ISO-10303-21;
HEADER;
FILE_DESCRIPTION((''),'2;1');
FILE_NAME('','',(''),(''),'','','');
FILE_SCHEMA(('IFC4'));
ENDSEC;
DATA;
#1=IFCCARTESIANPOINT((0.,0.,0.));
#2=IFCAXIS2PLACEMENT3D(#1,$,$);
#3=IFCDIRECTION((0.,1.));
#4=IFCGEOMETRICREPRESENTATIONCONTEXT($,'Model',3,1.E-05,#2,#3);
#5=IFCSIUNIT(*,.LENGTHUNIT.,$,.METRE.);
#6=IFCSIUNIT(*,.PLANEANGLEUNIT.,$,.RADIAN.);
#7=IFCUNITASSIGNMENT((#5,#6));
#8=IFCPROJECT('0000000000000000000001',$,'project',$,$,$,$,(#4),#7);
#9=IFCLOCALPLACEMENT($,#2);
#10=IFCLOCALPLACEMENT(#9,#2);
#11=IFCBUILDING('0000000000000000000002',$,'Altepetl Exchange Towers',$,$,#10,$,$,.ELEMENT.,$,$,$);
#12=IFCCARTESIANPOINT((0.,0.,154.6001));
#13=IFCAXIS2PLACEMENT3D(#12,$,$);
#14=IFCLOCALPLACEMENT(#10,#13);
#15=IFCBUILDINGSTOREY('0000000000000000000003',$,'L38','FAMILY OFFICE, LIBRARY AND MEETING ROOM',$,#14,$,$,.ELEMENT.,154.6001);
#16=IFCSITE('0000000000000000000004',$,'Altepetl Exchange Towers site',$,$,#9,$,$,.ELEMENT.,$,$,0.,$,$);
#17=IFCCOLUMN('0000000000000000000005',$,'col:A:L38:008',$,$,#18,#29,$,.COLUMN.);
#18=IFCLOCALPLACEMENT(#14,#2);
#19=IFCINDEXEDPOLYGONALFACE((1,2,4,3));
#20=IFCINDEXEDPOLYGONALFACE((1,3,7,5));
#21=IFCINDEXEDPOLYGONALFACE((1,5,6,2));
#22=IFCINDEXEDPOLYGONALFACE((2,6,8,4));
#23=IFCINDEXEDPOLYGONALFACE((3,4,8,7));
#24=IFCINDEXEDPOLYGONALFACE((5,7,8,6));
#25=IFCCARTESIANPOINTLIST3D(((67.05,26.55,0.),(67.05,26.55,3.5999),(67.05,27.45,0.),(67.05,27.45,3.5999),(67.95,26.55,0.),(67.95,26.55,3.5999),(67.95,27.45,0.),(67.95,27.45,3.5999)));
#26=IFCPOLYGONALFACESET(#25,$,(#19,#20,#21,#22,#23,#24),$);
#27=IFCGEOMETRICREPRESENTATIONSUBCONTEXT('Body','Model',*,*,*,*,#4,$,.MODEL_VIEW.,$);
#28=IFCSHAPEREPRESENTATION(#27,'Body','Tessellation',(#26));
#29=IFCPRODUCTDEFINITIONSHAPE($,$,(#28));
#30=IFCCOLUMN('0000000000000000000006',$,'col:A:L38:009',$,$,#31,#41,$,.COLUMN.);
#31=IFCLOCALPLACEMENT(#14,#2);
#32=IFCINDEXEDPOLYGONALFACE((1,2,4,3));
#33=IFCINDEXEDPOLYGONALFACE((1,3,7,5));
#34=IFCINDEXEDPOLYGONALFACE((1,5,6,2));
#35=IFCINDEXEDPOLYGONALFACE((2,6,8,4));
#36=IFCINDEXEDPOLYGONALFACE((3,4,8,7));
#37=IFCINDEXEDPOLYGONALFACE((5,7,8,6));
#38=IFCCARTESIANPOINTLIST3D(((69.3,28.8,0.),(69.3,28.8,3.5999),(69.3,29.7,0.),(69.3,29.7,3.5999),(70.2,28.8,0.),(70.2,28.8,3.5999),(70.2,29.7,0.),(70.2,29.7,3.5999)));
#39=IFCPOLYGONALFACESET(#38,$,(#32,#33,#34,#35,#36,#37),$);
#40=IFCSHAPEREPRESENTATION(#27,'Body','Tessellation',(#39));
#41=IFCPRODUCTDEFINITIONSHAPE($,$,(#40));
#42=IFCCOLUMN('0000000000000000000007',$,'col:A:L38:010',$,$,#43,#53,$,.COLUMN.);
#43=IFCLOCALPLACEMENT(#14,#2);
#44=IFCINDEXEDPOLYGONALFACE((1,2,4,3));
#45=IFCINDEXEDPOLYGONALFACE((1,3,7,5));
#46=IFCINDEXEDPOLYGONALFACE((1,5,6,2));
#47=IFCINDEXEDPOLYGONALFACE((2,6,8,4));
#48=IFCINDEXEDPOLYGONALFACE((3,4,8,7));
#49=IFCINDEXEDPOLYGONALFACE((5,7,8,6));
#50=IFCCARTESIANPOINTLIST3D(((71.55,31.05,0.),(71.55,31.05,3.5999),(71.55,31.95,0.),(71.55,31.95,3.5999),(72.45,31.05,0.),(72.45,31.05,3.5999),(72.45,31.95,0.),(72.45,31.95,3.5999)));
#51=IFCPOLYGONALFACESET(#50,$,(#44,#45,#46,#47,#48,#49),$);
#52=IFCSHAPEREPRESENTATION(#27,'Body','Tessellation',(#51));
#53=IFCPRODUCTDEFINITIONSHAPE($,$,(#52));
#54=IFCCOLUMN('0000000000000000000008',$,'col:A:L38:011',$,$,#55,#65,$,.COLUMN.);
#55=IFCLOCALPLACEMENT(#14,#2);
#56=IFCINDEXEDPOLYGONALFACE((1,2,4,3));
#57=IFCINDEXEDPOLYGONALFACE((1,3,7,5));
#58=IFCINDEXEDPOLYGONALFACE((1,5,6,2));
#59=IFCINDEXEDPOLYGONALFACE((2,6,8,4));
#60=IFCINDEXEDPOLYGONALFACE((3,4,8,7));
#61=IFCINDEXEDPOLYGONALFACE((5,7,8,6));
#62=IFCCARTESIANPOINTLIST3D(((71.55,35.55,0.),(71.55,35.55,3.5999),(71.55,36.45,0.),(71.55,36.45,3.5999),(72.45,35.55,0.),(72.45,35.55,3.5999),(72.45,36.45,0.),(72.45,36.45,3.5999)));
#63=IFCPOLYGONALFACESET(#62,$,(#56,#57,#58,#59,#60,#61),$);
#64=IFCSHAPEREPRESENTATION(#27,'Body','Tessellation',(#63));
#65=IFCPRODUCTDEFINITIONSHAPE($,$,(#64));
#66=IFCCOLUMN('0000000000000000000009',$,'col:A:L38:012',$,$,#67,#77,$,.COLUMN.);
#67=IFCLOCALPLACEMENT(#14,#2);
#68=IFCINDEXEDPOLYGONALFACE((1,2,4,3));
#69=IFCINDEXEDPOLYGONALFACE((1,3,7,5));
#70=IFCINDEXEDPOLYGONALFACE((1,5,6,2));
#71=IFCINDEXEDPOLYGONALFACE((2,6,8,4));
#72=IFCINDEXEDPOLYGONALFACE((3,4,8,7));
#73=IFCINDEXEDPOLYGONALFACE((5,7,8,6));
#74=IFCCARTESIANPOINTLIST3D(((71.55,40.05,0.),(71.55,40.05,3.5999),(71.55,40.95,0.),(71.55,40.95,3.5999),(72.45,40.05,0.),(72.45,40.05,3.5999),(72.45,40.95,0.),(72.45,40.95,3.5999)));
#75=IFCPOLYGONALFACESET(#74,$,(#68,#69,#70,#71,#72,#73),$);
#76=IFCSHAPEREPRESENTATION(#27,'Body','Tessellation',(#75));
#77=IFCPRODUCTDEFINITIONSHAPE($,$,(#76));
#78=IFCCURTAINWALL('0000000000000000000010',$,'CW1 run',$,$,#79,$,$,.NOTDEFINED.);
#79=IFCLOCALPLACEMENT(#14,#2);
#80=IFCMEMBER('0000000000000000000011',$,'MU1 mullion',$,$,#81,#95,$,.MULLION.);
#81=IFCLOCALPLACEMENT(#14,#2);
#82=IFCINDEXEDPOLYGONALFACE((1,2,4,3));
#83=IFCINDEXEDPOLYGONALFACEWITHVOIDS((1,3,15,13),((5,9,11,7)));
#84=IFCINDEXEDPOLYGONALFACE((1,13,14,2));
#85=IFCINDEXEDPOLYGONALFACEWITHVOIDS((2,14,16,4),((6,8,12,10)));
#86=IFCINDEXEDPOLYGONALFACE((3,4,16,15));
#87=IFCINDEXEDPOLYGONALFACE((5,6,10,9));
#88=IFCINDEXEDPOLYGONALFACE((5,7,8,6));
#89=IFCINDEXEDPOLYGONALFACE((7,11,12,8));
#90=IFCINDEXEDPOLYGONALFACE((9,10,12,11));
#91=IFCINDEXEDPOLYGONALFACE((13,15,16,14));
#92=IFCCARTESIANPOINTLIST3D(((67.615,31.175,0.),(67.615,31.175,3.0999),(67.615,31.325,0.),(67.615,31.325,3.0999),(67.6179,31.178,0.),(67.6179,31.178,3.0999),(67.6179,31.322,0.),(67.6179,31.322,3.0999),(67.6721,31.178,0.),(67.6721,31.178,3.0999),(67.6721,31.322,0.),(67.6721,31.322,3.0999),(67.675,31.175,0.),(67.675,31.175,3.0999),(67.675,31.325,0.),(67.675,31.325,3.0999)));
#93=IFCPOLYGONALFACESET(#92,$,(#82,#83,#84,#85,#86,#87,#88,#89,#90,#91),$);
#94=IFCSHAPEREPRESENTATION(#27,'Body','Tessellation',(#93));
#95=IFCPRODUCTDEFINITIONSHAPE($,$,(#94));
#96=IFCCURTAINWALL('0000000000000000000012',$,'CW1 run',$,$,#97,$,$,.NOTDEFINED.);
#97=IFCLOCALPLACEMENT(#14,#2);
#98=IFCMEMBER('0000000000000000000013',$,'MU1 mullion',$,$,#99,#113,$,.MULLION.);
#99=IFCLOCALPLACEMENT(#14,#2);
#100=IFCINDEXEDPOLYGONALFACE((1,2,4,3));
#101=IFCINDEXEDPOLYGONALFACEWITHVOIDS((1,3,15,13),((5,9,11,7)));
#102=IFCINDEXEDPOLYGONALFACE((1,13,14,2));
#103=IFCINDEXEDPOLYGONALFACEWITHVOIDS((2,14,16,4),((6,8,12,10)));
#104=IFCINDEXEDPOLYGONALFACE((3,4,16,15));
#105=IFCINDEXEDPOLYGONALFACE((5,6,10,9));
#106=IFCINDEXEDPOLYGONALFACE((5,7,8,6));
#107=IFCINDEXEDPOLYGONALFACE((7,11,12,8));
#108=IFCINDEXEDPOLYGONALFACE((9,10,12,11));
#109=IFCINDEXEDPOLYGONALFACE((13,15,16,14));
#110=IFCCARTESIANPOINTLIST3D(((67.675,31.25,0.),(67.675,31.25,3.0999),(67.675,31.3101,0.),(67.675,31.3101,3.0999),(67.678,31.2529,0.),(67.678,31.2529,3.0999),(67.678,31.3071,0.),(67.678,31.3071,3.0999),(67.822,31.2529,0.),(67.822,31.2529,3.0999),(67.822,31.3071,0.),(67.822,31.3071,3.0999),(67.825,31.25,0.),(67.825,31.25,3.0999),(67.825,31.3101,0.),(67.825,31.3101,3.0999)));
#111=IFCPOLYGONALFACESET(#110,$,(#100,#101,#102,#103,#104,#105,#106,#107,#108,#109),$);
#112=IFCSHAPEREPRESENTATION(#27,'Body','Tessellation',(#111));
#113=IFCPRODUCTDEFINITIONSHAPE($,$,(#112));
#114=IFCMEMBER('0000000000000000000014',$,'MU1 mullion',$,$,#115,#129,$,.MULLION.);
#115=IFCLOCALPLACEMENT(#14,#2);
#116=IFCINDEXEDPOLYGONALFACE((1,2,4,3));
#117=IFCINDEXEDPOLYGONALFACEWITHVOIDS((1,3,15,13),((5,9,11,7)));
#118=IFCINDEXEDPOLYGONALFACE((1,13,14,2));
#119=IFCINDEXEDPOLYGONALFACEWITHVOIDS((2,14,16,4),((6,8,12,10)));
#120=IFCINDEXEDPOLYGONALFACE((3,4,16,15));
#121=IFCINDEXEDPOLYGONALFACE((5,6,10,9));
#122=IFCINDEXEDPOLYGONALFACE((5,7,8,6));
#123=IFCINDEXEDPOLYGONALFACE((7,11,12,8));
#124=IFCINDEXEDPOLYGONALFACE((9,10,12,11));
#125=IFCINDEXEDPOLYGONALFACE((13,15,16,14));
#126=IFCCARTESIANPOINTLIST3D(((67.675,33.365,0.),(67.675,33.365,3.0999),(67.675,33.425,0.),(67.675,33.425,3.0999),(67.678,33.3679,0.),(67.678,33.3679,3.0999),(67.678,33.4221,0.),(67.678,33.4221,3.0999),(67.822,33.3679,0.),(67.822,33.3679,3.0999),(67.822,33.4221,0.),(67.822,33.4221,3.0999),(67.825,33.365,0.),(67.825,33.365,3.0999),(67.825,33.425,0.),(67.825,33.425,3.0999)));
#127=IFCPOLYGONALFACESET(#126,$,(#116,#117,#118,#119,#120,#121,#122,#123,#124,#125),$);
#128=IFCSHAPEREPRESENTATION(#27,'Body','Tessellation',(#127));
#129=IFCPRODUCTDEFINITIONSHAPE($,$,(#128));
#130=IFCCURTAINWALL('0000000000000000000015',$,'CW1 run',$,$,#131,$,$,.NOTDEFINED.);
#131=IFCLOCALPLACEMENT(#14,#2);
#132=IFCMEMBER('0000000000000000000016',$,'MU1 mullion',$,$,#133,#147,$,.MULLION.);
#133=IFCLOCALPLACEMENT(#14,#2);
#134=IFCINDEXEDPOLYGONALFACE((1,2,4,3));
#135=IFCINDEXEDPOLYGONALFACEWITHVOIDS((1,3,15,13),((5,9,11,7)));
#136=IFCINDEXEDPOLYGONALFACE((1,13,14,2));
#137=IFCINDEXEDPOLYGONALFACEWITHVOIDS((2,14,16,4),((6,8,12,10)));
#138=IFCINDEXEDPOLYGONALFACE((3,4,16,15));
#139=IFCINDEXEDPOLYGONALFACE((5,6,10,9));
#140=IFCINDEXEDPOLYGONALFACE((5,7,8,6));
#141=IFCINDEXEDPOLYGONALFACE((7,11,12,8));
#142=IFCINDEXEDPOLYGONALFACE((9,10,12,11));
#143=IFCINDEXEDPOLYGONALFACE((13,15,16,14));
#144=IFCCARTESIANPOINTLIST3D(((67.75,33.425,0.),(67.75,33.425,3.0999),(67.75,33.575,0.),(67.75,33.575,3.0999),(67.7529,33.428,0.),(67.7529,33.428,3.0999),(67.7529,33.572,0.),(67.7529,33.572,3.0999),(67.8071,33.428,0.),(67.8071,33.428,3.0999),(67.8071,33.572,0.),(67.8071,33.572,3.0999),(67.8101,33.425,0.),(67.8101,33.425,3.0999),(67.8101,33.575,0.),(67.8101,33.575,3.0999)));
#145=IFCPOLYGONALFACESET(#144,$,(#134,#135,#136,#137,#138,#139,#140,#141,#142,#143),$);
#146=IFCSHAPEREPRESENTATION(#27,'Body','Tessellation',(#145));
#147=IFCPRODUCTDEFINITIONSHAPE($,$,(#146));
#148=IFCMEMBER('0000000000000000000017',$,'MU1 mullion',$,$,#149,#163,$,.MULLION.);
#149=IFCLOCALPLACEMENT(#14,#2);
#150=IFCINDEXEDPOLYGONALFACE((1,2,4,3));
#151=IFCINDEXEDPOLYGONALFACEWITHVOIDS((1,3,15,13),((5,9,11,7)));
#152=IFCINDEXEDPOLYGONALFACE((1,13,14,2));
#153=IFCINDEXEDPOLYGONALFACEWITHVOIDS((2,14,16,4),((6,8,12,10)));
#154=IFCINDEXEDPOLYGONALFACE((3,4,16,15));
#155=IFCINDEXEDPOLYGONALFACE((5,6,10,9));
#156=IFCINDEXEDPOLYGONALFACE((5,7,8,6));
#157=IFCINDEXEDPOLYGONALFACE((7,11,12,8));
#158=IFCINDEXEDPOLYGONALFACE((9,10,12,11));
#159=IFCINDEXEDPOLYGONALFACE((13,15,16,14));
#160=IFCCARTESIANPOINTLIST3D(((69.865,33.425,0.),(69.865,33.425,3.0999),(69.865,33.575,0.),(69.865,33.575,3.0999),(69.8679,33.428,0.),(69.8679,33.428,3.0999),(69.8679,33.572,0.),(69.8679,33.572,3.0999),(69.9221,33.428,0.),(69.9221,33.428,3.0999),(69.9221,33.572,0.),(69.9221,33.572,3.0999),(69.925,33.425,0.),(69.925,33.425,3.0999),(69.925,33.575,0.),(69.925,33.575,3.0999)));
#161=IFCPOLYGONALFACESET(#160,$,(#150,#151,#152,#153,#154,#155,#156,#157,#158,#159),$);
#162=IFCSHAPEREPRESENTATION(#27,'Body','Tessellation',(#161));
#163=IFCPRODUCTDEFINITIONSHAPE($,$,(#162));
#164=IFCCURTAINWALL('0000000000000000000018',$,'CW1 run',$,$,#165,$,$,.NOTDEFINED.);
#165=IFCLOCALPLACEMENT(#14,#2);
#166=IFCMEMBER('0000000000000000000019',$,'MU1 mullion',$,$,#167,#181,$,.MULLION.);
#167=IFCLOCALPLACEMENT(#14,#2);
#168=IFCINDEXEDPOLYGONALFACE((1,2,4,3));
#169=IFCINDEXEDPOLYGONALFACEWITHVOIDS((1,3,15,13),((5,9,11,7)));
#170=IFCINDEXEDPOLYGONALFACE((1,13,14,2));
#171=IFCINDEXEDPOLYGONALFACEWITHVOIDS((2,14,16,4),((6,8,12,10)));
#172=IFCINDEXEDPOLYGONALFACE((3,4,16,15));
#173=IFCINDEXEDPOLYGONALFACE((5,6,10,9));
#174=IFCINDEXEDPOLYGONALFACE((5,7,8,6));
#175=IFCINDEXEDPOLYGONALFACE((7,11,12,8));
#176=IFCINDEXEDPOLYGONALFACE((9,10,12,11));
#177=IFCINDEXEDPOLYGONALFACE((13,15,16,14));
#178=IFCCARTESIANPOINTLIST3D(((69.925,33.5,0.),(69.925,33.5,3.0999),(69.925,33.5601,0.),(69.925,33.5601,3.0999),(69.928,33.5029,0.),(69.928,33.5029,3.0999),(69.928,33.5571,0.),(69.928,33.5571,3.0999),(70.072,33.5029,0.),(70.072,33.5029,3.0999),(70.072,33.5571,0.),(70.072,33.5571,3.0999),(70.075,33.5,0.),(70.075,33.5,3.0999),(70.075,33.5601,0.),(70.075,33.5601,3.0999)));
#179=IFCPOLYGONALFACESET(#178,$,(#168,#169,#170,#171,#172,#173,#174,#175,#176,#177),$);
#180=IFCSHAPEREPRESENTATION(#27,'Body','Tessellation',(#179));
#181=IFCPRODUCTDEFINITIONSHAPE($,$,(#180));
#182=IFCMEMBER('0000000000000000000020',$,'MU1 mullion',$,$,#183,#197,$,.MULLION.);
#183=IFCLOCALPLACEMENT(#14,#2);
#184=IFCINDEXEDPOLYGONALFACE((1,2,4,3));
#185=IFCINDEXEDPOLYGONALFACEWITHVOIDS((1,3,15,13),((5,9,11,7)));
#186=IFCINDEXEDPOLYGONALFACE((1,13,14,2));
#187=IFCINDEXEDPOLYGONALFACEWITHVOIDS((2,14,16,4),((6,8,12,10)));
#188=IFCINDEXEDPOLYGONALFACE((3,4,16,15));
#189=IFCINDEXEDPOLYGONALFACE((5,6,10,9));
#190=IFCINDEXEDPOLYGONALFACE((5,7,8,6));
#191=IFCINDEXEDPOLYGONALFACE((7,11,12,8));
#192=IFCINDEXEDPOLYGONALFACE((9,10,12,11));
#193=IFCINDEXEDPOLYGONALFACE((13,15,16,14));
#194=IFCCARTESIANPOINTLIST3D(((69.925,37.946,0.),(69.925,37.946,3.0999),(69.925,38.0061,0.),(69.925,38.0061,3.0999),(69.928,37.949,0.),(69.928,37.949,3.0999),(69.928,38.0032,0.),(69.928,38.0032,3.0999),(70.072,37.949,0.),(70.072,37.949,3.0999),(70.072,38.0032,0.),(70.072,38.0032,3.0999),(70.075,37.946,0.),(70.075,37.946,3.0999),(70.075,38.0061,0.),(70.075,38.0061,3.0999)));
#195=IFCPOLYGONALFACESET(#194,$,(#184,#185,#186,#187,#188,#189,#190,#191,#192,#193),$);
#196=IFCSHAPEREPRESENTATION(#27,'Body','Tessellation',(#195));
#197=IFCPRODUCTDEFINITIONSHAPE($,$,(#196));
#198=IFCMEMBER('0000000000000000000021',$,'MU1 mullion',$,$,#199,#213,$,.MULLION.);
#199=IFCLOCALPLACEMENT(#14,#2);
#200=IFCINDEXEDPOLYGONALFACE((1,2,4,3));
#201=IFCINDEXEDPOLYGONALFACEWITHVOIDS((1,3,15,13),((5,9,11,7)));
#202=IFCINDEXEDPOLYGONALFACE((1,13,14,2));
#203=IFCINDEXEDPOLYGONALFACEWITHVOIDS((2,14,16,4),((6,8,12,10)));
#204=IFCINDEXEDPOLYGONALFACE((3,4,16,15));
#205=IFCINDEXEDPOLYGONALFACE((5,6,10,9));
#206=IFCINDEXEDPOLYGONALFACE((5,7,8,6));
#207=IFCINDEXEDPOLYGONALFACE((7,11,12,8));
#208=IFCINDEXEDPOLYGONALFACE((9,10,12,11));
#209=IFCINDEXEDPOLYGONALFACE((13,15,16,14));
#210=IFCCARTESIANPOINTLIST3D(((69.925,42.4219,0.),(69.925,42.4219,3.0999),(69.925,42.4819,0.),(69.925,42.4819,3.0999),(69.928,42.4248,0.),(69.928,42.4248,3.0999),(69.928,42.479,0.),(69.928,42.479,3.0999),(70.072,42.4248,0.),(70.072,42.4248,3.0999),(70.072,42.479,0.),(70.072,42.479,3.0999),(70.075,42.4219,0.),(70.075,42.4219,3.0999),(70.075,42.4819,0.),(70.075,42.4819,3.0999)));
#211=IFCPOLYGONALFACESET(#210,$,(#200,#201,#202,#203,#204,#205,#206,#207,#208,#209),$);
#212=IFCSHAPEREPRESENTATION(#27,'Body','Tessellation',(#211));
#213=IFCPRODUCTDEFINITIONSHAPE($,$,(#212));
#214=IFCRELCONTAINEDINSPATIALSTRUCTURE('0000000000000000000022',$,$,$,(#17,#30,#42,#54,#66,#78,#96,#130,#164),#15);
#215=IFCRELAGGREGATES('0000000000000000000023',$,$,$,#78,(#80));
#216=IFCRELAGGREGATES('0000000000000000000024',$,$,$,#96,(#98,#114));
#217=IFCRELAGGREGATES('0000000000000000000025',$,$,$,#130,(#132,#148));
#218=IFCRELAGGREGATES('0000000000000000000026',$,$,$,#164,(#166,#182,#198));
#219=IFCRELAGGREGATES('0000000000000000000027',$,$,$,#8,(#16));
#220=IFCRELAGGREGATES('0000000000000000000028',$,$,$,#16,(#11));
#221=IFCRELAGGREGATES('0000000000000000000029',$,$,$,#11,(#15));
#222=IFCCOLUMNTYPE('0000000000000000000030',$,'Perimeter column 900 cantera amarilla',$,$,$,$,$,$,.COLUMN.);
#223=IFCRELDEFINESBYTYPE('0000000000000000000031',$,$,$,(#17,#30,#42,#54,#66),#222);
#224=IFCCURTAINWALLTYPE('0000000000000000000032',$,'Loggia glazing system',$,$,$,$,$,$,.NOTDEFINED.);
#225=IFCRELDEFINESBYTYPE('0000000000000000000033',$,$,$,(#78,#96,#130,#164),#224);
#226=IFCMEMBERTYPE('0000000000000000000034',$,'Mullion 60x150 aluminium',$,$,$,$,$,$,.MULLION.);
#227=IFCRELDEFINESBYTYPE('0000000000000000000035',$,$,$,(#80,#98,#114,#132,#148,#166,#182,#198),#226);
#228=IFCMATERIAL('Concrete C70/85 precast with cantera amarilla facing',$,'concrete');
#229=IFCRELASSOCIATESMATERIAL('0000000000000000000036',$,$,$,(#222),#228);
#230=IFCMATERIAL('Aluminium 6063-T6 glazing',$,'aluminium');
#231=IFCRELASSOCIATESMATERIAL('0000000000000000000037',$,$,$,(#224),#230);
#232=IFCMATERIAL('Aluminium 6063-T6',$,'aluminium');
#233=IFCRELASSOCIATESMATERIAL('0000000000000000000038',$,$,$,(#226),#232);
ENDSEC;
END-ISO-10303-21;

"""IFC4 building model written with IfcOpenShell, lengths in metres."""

from ifc_helpers import new_model, si_unit, direction, frame, origin, origin_2d, place, context, subcontext, project, spatial, rectangle, hollow_rectangle, extrude, material, material_profile, profile_set, type_object, element, aggregate, save


model = new_model("IFC4")

# Units and contexts
model_context = context("Model", 3, precision=1e-05, world=origin(), true_north=direction((0.0, 1.0)))
body_context = subcontext(model_context, "Body", "Model", "MODEL_VIEW")
ifc_project = project(units=[si_unit("LENGTHUNIT", "METRE"), si_unit("PLANEANGLEUNIT", "RADIAN")], contexts=[model_context])

# Site, building, storey
site_placement = place(None, origin())
site = spatial("IfcSite", under=ifc_project, at=site_placement, Name="Altepetl Exchange Towers site", CompositionType="ELEMENT", RefElevation=0.0)
building_placement = place(site_placement, origin())
building = spatial("IfcBuilding", under=site, at=building_placement, Name="Altepetl Exchange Towers", CompositionType="ELEMENT")
storey_placement = place(building_placement, frame((0.0, 0.0, 154.6001)))
storey = spatial("IfcBuildingStorey", under=building, at=storey_placement, Name="L38", Description="FAMILY OFFICE, LIBRARY AND MEETING ROOM", CompositionType="ELEMENT", Elevation=154.6001)

# Columns
ifc_material_1 = material(Name="Concrete C70/85 precast with cantera amarilla facing", Category="concrete")
ifc_material_profile_1 = material_profile(ifc_material_1, rectangle(XDim=0.8999, YDim=0.8999, at=origin_2d()), Name="900 x 900")
ifc_profile_set_1 = profile_set([ifc_material_profile_1], Name="Concrete C70/85 precast with cantera amarilla facing")
column_type = type_object("IfcColumnType", Name="Perimeter column 900 cantera amarilla", PredefinedType="COLUMN", material=ifc_profile_set_1)
for number, where, name in (
    (1, (67.5, 27.0, 0.0), "col:A:L38:008"),
    (2, (69.75, 29.25, 0.0), "col:A:L38:009"),
    (3, (72.0, 31.5, 0.0), "col:A:L38:010"),
    (4, (72.0, 36.0, 0.0), "col:A:L38:011"),
    (5, (72.0, 40.5, 0.0), "col:A:L38:012"),
):
    element("IfcColumn", number, at=place(storey_placement, frame(where)), inside=storey, type_object=column_type, Name=name, PredefinedType="COLUMN", context=body_context, shape_type="SweptSolid", body=[
        extrude(rectangle(XDim=0.8999, YDim=0.8999, at=origin_2d()), origin(), (0.0, 0.0, 1.0), 3.5999),
    ])

# Curtain wall, member
ifc_material_2 = material(Name="Aluminium 6063-T6 glazing", Category="aluminium")
curtain_wall_type = type_object("IfcCurtainWallType", Name="Loggia glazing system", PredefinedType="NOTDEFINED", material=ifc_material_2)
curtain_wall_1_placement = place(storey_placement, origin())
curtain_wall_1 = element("IfcCurtainWall", 6, at=curtain_wall_1_placement, inside=storey, type_object=curtain_wall_type, Name="CW1 run", PredefinedType="NOTDEFINED")
ifc_material_3 = material(Name="Aluminium 6063-T6", Category="aluminium")
ifc_material_profile_2 = material_profile(ifc_material_3, hollow_rectangle(XDim=0.0601, YDim=0.1499, WallThickness=0.0029, at=origin_2d()), Name="Mullion 60x150 aluminium")
ifc_profile_set_2 = profile_set([ifc_material_profile_2], Name="Aluminium 6063-T6")
member_type = type_object("IfcMemberType", Name="Mullion 60x150 aluminium", PredefinedType="MULLION", material=ifc_profile_set_2)
member_1_placement = place(storey_placement, frame((67.645, 31.25, 0.0)))
member_1 = element("IfcMember", 7, at=member_1_placement, type_object=member_type, Name="MU1 mullion", PredefinedType="MULLION", context=body_context, shape_type="SweptSolid", body=[
    extrude(hollow_rectangle(XDim=0.0601, YDim=0.1499, WallThickness=0.0029, at=origin_2d()), origin(), (0.0, 0.0, 1.0), 3.0999),
])
aggregate(curtain_wall_1, [member_1])

# Curtain walls, members
curtain_wall_2_placement = place(storey_placement, origin())
curtain_wall_2 = element("IfcCurtainWall", 8, at=curtain_wall_2_placement, inside=storey, type_object=curtain_wall_type, Name="CW1 run", PredefinedType="NOTDEFINED")
member_2_placement = place(storey_placement, frame((67.75, 31.28, 0.0), z_axis=(0.0, 0.0, 1.0), x_axis=(0.0, 1.0, 0.0)))
member_2 = element("IfcMember", 9, at=member_2_placement, type_object=member_type, Name="MU1 mullion", PredefinedType="MULLION", context=body_context, shape_type="SweptSolid", body=[
    extrude(hollow_rectangle(XDim=0.0601, YDim=0.1499, WallThickness=0.0029, at=origin_2d()), origin(), (0.0, 0.0, 1.0), 3.0999),
])
member_3_placement = place(storey_placement, frame((67.75, 33.395, 0.0), z_axis=(0.0, 0.0, 1.0), x_axis=(0.0, 1.0, 0.0)))
member_3 = element("IfcMember", 10, at=member_3_placement, type_object=member_type, Name="MU1 mullion", PredefinedType="MULLION", context=body_context, shape_type="SweptSolid", body=[
    extrude(hollow_rectangle(XDim=0.0601, YDim=0.1499, WallThickness=0.0029, at=origin_2d()), origin(), (0.0, 0.0, 1.0), 3.0999),
])
curtain_wall_3_placement = place(storey_placement, origin())
curtain_wall_3 = element("IfcCurtainWall", 11, at=curtain_wall_3_placement, inside=storey, type_object=curtain_wall_type, Name="CW1 run", PredefinedType="NOTDEFINED")
member_4_placement = place(storey_placement, frame((67.78, 33.5, 0.0)))
member_4 = element("IfcMember", 12, at=member_4_placement, type_object=member_type, Name="MU1 mullion", PredefinedType="MULLION", context=body_context, shape_type="SweptSolid", body=[
    extrude(hollow_rectangle(XDim=0.0601, YDim=0.1499, WallThickness=0.0029, at=origin_2d()), origin(), (0.0, 0.0, 1.0), 3.0999),
])
member_5_placement = place(storey_placement, frame((69.895, 33.5, 0.0)))
member_5 = element("IfcMember", 13, at=member_5_placement, type_object=member_type, Name="MU1 mullion", PredefinedType="MULLION", context=body_context, shape_type="SweptSolid", body=[
    extrude(hollow_rectangle(XDim=0.0601, YDim=0.1499, WallThickness=0.0029, at=origin_2d()), origin(), (0.0, 0.0, 1.0), 3.0999),
])
curtain_wall_4_placement = place(storey_placement, origin())
curtain_wall_4 = element("IfcCurtainWall", 14, at=curtain_wall_4_placement, inside=storey, type_object=curtain_wall_type, Name="CW1 run", PredefinedType="NOTDEFINED")
member_6_placement = place(storey_placement, frame((70.0, 33.53, 0.0), z_axis=(0.0, 0.0, 1.0), x_axis=(0.0, 1.0, 0.0)))
member_6 = element("IfcMember", 15, at=member_6_placement, type_object=member_type, Name="MU1 mullion", PredefinedType="MULLION", context=body_context, shape_type="SweptSolid", body=[
    extrude(hollow_rectangle(XDim=0.0601, YDim=0.1499, WallThickness=0.0029, at=origin_2d()), origin(), (0.0, 0.0, 1.0), 3.0999),
])
member_7_placement = place(storey_placement, frame((70.0, 37.9761, 0.0), z_axis=(0.0, 0.0, 1.0), x_axis=(0.0, 1.0, 0.0)))
member_7 = element("IfcMember", 16, at=member_7_placement, type_object=member_type, Name="MU1 mullion", PredefinedType="MULLION", context=body_context, shape_type="SweptSolid", body=[
    extrude(hollow_rectangle(XDim=0.0601, YDim=0.1499, WallThickness=0.0029, at=origin_2d()), origin(), (0.0, 0.0, 1.0), 3.0999),
])
member_8_placement = place(storey_placement, frame((70.0, 42.4519, 0.0), z_axis=(0.0, 0.0, 1.0), x_axis=(0.0, 1.0, 0.0)))
member_8 = element("IfcMember", 17, at=member_8_placement, type_object=member_type, Name="MU1 mullion", PredefinedType="MULLION", context=body_context, shape_type="SweptSolid", body=[
    extrude(hollow_rectangle(XDim=0.0601, YDim=0.1499, WallThickness=0.0029, at=origin_2d()), origin(), (0.0, 0.0, 1.0), 3.0999),
])

aggregate(curtain_wall_2, [member_2, member_3])
aggregate(curtain_wall_3, [member_4, member_5])
aggregate(curtain_wall_4, [member_6, member_7, member_8])

save(model, "model.ifc")
